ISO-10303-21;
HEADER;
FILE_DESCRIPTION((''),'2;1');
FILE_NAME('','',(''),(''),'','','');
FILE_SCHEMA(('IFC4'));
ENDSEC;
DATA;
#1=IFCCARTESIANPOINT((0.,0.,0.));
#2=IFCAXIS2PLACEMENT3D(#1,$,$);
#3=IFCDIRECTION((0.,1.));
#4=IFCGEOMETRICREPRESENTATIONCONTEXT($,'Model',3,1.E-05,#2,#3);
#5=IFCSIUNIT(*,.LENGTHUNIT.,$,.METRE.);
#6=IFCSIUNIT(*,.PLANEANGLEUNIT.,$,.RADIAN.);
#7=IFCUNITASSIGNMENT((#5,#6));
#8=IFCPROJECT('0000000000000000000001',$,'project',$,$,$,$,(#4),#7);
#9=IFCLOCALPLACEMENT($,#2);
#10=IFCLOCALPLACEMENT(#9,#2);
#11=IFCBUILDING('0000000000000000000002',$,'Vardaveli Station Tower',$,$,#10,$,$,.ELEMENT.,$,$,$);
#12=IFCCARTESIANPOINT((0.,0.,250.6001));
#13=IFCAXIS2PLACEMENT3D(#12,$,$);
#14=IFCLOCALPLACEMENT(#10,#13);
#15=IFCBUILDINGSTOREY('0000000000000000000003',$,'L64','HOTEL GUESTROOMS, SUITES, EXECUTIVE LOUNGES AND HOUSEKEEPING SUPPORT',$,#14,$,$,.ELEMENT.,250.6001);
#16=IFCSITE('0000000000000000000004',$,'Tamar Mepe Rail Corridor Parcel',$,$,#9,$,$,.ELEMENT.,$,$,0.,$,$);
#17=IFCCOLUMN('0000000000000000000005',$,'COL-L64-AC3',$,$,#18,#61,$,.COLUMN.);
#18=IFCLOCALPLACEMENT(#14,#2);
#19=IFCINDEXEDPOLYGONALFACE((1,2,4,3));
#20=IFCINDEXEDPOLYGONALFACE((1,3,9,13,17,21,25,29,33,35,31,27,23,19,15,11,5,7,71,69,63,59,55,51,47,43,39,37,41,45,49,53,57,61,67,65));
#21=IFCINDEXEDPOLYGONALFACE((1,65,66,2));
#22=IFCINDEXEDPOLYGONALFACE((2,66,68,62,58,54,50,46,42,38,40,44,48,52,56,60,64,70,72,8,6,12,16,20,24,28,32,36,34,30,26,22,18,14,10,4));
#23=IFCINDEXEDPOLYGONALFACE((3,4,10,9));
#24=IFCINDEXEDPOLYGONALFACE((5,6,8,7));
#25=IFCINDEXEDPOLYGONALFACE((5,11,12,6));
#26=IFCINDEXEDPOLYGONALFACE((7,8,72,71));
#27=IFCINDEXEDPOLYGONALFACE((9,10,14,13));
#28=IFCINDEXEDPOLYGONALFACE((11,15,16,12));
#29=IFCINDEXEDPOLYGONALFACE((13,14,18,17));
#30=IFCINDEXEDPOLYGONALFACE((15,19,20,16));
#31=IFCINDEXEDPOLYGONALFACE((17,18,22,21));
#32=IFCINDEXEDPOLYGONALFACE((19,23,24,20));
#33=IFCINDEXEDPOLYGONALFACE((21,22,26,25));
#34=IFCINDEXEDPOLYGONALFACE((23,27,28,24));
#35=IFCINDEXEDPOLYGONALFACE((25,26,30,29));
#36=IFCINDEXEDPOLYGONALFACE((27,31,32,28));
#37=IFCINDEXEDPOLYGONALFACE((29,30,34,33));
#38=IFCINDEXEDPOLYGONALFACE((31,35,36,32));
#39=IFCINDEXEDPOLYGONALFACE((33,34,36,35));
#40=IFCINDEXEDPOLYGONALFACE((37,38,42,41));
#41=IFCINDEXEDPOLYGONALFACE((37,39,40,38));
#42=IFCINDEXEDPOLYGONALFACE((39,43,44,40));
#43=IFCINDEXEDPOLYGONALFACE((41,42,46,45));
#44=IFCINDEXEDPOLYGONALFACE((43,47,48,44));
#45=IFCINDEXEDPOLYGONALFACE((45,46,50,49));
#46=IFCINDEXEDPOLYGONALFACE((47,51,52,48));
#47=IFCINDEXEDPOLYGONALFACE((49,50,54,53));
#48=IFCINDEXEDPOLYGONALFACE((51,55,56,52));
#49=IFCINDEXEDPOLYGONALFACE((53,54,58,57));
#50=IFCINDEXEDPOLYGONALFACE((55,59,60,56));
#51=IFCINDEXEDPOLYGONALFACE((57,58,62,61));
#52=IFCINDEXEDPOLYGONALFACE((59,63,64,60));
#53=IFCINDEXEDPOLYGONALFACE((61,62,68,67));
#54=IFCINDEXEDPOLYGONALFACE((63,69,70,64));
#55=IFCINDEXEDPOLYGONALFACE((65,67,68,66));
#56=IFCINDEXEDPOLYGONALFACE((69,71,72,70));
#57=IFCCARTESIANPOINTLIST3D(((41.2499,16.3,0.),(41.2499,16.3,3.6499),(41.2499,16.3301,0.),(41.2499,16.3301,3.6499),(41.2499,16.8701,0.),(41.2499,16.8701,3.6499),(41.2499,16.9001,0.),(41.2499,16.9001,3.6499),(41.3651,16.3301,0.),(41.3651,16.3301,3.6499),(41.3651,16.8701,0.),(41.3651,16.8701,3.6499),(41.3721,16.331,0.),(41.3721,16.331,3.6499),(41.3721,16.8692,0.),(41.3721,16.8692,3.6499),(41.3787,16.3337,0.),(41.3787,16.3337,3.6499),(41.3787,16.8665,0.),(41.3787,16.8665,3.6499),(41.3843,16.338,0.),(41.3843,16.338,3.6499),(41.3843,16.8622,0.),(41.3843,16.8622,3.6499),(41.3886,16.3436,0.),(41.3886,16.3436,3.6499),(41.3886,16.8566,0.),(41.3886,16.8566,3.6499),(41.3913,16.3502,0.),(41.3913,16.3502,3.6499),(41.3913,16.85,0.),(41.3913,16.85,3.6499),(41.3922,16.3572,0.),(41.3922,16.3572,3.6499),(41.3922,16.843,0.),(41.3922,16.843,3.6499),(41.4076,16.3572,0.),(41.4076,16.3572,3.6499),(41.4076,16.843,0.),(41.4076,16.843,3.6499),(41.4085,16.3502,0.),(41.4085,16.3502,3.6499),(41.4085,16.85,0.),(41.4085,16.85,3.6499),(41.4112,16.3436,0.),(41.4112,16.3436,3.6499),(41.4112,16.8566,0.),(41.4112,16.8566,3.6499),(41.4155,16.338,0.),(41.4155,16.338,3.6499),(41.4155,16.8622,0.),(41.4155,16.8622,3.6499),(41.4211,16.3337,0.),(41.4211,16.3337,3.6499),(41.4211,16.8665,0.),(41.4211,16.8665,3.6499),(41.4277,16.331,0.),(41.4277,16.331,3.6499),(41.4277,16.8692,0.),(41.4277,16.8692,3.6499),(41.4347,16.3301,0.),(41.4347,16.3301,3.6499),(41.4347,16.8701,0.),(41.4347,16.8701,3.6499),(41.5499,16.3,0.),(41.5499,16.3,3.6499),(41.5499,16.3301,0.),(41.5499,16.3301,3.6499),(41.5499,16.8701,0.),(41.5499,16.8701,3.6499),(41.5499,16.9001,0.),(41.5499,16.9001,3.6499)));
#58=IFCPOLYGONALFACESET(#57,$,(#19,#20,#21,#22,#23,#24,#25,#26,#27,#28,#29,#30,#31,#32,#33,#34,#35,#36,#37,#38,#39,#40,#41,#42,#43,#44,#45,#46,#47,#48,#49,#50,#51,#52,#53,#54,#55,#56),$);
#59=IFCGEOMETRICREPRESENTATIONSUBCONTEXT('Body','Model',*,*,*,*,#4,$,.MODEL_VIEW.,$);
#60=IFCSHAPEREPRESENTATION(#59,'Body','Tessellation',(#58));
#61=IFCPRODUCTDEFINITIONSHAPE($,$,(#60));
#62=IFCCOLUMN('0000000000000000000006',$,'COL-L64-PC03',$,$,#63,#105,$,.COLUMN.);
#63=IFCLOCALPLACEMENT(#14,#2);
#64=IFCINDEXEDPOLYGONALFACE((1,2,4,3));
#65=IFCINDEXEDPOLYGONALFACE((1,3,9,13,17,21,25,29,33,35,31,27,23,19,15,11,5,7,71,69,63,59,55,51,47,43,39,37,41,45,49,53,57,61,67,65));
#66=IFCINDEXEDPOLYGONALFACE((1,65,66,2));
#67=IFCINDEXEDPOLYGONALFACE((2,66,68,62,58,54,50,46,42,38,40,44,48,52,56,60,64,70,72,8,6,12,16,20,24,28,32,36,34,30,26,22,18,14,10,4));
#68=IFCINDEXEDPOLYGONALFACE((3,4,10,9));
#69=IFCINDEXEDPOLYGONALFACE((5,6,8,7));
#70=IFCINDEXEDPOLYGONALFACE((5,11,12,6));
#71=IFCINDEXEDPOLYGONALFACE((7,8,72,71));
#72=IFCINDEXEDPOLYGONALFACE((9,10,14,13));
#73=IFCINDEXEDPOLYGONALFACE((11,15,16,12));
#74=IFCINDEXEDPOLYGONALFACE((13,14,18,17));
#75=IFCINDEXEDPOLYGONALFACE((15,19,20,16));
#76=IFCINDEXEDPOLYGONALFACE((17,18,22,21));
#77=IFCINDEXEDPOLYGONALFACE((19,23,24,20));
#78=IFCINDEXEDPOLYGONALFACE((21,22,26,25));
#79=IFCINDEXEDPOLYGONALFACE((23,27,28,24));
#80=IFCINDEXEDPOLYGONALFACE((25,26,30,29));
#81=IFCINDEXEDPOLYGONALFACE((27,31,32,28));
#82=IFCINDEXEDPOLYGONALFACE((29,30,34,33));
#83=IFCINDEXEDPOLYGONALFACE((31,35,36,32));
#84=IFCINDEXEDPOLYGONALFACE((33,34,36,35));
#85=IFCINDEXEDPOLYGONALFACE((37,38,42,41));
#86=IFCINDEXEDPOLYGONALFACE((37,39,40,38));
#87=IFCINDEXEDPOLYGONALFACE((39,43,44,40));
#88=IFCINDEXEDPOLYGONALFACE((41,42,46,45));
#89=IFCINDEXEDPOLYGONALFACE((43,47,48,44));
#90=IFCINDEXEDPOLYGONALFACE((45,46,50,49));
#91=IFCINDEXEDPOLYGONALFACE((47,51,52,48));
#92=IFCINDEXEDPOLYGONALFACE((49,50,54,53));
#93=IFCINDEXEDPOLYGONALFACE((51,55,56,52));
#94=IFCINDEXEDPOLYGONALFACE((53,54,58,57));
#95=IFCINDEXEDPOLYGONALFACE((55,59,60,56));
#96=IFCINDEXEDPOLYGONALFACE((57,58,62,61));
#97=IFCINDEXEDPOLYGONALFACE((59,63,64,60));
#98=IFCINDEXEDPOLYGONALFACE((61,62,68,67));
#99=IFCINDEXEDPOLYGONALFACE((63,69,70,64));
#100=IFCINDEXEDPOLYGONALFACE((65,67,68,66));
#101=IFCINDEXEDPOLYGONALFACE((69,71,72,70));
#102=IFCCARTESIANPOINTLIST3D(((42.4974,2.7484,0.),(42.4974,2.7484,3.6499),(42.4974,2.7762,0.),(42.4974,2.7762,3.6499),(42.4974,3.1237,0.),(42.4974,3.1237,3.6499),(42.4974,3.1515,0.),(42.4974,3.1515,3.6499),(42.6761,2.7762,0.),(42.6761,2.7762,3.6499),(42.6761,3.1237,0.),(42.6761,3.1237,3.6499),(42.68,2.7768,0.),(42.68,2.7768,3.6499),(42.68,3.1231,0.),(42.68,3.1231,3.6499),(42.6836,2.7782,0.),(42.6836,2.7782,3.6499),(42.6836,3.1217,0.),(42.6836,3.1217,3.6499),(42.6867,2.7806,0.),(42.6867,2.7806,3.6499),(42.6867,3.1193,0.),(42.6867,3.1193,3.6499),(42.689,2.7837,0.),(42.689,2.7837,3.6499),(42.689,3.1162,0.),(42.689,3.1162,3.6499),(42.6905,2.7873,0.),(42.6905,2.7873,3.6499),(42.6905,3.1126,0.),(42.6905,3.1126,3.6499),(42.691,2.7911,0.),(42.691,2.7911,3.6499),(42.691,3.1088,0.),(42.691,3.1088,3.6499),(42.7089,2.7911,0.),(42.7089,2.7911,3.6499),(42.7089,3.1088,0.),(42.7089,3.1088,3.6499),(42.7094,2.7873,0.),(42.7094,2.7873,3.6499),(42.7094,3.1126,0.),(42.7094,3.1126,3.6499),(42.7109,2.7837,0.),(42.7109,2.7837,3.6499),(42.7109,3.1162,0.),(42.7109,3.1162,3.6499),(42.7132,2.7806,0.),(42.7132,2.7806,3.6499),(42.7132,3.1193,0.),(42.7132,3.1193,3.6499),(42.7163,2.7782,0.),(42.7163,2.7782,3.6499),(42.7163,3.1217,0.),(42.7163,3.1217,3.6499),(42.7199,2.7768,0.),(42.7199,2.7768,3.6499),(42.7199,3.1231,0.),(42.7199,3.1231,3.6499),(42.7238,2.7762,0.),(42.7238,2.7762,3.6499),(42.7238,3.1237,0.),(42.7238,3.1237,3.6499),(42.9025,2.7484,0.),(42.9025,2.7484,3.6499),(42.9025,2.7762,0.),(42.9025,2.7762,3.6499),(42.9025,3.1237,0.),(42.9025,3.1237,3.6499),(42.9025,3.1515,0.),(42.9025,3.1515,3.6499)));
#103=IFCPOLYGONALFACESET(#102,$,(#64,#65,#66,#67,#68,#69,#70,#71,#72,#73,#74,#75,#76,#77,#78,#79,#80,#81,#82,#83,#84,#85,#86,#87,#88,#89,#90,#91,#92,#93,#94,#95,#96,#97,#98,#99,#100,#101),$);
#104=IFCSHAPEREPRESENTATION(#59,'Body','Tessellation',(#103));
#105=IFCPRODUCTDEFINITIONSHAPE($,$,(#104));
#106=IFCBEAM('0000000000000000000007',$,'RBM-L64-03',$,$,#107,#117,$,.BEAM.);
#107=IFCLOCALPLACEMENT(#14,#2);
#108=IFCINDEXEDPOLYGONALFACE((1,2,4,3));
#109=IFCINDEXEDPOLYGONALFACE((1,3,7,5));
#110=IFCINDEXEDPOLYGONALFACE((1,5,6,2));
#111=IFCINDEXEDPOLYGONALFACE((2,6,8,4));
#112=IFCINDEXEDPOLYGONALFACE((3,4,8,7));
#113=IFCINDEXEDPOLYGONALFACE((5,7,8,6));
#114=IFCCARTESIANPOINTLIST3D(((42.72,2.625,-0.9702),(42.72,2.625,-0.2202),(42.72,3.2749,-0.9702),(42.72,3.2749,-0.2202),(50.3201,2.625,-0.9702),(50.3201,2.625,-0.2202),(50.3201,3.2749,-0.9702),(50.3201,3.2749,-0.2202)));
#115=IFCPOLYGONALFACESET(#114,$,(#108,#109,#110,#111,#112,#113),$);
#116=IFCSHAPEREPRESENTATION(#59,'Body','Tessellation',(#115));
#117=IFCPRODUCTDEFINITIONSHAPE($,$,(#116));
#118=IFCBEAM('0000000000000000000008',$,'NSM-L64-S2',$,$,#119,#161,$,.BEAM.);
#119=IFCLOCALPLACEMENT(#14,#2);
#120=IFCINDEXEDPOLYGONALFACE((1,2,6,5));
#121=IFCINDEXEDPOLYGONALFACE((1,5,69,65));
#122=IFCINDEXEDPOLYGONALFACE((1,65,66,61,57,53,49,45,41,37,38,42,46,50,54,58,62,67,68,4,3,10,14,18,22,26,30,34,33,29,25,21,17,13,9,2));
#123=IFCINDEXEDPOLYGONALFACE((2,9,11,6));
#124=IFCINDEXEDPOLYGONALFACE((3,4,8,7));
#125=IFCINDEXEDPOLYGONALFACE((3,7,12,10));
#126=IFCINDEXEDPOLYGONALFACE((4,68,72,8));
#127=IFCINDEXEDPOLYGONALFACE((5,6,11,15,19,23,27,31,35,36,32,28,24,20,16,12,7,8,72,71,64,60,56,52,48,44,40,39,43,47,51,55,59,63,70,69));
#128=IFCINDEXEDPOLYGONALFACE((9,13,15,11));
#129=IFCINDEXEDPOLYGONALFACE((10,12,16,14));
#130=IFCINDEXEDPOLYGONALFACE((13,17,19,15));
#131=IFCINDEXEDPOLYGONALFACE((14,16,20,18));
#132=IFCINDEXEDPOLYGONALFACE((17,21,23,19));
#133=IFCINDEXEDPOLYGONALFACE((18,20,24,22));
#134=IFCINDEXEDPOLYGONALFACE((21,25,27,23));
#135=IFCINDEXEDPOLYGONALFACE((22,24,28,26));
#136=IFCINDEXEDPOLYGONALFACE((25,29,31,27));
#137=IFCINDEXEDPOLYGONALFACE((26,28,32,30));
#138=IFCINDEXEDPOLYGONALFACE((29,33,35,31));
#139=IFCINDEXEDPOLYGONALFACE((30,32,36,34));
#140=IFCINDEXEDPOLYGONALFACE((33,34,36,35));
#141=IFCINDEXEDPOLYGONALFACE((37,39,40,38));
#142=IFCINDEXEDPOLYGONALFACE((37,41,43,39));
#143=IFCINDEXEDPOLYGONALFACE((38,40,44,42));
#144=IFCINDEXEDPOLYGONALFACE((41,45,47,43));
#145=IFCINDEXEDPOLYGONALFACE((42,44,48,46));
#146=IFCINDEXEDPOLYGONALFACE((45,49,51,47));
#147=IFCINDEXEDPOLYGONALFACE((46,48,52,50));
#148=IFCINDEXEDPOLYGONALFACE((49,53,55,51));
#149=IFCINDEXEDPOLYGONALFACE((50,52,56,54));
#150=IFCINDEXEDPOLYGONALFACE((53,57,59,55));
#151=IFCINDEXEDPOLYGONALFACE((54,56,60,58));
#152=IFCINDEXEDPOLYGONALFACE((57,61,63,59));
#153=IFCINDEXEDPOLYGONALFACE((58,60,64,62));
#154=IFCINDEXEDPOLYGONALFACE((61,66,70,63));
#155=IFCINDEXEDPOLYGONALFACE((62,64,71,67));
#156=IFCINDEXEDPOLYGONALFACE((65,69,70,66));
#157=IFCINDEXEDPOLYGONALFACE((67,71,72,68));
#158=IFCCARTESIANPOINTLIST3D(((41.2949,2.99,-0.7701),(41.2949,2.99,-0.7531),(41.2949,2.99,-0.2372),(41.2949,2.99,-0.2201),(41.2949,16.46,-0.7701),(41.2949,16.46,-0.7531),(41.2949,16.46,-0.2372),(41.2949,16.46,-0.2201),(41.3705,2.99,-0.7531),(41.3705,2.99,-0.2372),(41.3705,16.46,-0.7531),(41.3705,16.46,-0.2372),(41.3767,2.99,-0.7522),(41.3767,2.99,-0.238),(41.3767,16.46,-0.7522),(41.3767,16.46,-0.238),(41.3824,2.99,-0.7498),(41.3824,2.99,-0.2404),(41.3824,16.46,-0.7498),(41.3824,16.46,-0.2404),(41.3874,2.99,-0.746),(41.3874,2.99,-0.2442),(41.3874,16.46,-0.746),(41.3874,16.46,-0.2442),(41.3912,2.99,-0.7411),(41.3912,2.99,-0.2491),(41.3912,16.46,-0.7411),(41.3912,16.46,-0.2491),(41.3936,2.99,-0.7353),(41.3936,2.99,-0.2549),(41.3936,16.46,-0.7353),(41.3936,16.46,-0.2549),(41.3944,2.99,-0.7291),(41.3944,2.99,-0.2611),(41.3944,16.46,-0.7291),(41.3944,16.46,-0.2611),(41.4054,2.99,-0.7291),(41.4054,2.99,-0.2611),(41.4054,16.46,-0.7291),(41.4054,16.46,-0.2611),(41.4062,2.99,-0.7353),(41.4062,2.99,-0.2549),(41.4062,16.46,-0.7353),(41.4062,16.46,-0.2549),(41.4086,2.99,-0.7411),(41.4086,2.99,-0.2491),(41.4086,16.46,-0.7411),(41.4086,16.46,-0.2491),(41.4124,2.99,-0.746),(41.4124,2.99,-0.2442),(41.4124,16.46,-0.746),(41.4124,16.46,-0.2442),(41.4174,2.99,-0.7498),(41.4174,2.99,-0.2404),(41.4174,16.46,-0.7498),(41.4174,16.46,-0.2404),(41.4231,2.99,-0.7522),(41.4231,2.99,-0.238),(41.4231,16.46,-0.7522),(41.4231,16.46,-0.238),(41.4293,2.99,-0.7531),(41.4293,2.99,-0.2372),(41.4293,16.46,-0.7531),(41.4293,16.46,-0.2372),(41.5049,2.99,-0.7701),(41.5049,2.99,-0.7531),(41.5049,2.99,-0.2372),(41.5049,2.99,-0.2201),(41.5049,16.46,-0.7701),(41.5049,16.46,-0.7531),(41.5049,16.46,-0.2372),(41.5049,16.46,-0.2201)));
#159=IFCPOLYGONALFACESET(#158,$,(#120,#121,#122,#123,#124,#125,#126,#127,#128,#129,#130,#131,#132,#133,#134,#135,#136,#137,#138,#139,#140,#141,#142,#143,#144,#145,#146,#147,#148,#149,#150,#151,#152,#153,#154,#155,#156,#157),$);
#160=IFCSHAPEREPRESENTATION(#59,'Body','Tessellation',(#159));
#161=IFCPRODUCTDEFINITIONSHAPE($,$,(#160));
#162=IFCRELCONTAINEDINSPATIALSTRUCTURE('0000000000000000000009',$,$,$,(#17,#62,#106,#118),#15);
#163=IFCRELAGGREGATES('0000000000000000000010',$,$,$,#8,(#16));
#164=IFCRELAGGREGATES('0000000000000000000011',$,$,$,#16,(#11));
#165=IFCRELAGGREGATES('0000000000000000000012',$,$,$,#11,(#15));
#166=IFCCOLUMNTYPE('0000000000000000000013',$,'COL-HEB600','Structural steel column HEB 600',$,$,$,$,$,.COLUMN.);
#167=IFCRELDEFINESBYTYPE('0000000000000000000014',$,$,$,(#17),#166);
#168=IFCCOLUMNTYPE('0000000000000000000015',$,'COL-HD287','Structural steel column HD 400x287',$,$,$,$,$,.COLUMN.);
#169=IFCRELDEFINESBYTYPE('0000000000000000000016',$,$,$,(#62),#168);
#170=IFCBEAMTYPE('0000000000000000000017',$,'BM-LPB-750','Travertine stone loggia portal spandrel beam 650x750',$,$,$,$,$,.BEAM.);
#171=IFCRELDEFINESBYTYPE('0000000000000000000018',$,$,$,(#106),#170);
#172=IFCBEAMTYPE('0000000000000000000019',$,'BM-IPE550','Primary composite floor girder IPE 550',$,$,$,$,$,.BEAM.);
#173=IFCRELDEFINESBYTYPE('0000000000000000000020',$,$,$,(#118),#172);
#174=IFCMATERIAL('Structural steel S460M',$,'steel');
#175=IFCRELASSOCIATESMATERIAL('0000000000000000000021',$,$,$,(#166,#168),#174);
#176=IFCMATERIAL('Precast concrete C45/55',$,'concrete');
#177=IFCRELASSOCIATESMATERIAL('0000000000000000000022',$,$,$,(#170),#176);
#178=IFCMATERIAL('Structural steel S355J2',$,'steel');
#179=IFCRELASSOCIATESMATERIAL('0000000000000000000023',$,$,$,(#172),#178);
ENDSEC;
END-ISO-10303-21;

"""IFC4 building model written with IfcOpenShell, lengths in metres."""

from ifc_helpers import new_model, si_unit, direction, frame, origin, origin_2d, place, context, subcontext, project, spatial, rectangle, i_section, extrude, source, transform, mapped, material, material_profile, profile_set, type_object, element, save


model = new_model("IFC4")

# Units and contexts
model_context = context("Model", 3, precision=1e-05, world=origin(), true_north=direction((0.0, 1.0)))
body_context = subcontext(model_context, "Body", "Model", "MODEL_VIEW")
ifc_project = project(units=[si_unit("LENGTHUNIT", "METRE"), si_unit("PLANEANGLEUNIT", "RADIAN")], contexts=[model_context])

# Site, building, storey
site_placement = place(None, origin())
site = spatial("IfcSite", under=ifc_project, at=site_placement, Name="Tamar Mepe Rail Corridor Parcel", CompositionType="ELEMENT", RefElevation=0.0)
building_placement = place(site_placement, origin())
building = spatial("IfcBuilding", under=site, at=building_placement, Name="Vardaveli Station Tower", CompositionType="ELEMENT")
storey_placement = place(building_placement, frame((0.0, 0.0, 250.6001)))
storey = spatial("IfcBuildingStorey", under=building, at=storey_placement, Name="L64", Description="HOTEL GUESTROOMS, SUITES, EXECUTIVE LOUNGES AND HOUSEKEEPING SUPPORT", CompositionType="ELEMENT", Elevation=250.6001)

# Columns
ifc_material_1 = material(Name="Structural steel S460M", Category="steel")
ifc_material_profile_1 = material_profile(ifc_material_1, i_section(OverallWidth=0.3, OverallDepth=0.6001, WebThickness=0.0154, FlangeThickness=0.03, FilletRadius=0.0271, at=origin_2d()), Name="HEB 600")
ifc_profile_set_1 = profile_set([ifc_material_profile_1], Name="Structural steel S460M")
column_type_1 = type_object("IfcColumnType", Name="COL-HEB600", Description="Structural steel column HEB 600", PredefinedType="COLUMN", material=ifc_profile_set_1)
shared_shape_1 = source(origin(), body_context, "Body", "SweptSolid", [
    extrude(i_section(OverallWidth=0.3, OverallDepth=0.6001, WebThickness=0.0154, FlangeThickness=0.03, FilletRadius=0.0271, at=origin_2d()), origin(), (0.0, 0.0, 1.0), 3.6499),
])
column_1_placement = place(storey_placement, frame((41.3999, 16.6001, 0.0), z_axis=(0.0, 0.0, 1.0), x_axis=(1.0, 0.0, 0.0)))
element("IfcColumn", 1, at=column_1_placement, inside=storey, type_object=column_type_1, Name="COL-L64-AC3", PredefinedType="COLUMN", context=body_context, shape_type="MappedRepresentation", body=[
    mapped(shared_shape_1, transform((0.0, 0.0, 0.0), scale=1.0)),
])
ifc_material_profile_2 = material_profile(ifc_material_1, i_section(OverallWidth=0.405, OverallDepth=0.4031, WebThickness=0.0178, FlangeThickness=0.0278, FilletRadius=0.0149, at=origin_2d()), Name="HD 400x287")
ifc_profile_set_2 = profile_set([ifc_material_profile_2], Name="Structural steel S460M")
column_type_2 = type_object("IfcColumnType", Name="COL-HD287", Description="Structural steel column HD 400x287", PredefinedType="COLUMN", material=ifc_profile_set_2)
shared_shape_2 = source(origin(), body_context, "Body", "SweptSolid", [
    extrude(i_section(OverallWidth=0.405, OverallDepth=0.4031, WebThickness=0.0178, FlangeThickness=0.0278, FilletRadius=0.0149, at=origin_2d()), origin(), (0.0, 0.0, 1.0), 3.6499),
])
column_2_placement = place(storey_placement, frame((42.7, 2.95, 0.0), z_axis=(0.0, 0.0, 1.0), x_axis=(1.0, 0.0, 0.0)))
element("IfcColumn", 2, at=column_2_placement, inside=storey, type_object=column_type_2, Name="COL-L64-PC03", PredefinedType="COLUMN", context=body_context, shape_type="MappedRepresentation", body=[
    mapped(shared_shape_2, transform((0.0, 0.0, 0.0), scale=1.0)),
])

# Beams
ifc_material_2 = material(Name="Precast concrete C45/55", Category="concrete")
ifc_material_profile_3 = material_profile(ifc_material_2, rectangle(XDim=0.6499, YDim=0.75, at=origin_2d()), Name="LPB 650x750")
ifc_profile_set_3 = profile_set([ifc_material_profile_3], Name="Precast concrete C45/55")
beam_type_1 = type_object("IfcBeamType", Name="BM-LPB-750", Description="Travertine stone loggia portal spandrel beam 650x750", PredefinedType="BEAM", material=ifc_profile_set_3)
shared_shape_3 = source(origin(), body_context, "Body", "SweptSolid", [
    extrude(rectangle(XDim=0.6499, YDim=0.75, at=origin_2d()), origin(), (0.0, 0.0, 1.0), 7.6001),
])
beam_1_placement = place(storey_placement, frame((42.72, 2.95, -0.5952), z_axis=(1.0, 0.0, 0.0), x_axis=(0.0, 1.0, 0.0)))
element("IfcBeam", 3, at=beam_1_placement, inside=storey, type_object=beam_type_1, Name="RBM-L64-03", PredefinedType="BEAM", context=body_context, shape_type="MappedRepresentation", body=[
    mapped(shared_shape_3, transform((0.0, 0.0, 0.0), scale=1.0)),
])
ifc_material_3 = material(Name="Structural steel S355J2", Category="steel")
ifc_material_profile_4 = material_profile(ifc_material_3, i_section(OverallWidth=0.21, OverallDepth=0.55, WebThickness=0.011, FlangeThickness=0.0171, FilletRadius=0.0239, at=origin_2d()), Name="IPE 550")
ifc_profile_set_4 = profile_set([ifc_material_profile_4], Name="Structural steel S355J2")
beam_type_2 = type_object("IfcBeamType", Name="BM-IPE550", Description="Primary composite floor girder IPE 550", PredefinedType="BEAM", material=ifc_profile_set_4)
shared_shape_4 = source(origin(), body_context, "Body", "SweptSolid", [
    extrude(i_section(OverallWidth=0.21, OverallDepth=0.55, WebThickness=0.011, FlangeThickness=0.0171, FilletRadius=0.0239, at=origin_2d()), origin(), (0.0, 0.0, 1.0), 13.47),
])
beam_2_placement = place(storey_placement, frame((41.3999, 2.99, -0.4951), z_axis=(0.0, 1.0, 0.0), x_axis=(-1.0, 0.0, 0.0)))
element("IfcBeam", 4, at=beam_2_placement, inside=storey, type_object=beam_type_2, Name="NSM-L64-S2", PredefinedType="BEAM", context=body_context, shape_type="MappedRepresentation", body=[
    mapped(shared_shape_4, transform((0.0, 0.0, 0.0), scale=1.0)),
])

save(model, "model.ifc")
